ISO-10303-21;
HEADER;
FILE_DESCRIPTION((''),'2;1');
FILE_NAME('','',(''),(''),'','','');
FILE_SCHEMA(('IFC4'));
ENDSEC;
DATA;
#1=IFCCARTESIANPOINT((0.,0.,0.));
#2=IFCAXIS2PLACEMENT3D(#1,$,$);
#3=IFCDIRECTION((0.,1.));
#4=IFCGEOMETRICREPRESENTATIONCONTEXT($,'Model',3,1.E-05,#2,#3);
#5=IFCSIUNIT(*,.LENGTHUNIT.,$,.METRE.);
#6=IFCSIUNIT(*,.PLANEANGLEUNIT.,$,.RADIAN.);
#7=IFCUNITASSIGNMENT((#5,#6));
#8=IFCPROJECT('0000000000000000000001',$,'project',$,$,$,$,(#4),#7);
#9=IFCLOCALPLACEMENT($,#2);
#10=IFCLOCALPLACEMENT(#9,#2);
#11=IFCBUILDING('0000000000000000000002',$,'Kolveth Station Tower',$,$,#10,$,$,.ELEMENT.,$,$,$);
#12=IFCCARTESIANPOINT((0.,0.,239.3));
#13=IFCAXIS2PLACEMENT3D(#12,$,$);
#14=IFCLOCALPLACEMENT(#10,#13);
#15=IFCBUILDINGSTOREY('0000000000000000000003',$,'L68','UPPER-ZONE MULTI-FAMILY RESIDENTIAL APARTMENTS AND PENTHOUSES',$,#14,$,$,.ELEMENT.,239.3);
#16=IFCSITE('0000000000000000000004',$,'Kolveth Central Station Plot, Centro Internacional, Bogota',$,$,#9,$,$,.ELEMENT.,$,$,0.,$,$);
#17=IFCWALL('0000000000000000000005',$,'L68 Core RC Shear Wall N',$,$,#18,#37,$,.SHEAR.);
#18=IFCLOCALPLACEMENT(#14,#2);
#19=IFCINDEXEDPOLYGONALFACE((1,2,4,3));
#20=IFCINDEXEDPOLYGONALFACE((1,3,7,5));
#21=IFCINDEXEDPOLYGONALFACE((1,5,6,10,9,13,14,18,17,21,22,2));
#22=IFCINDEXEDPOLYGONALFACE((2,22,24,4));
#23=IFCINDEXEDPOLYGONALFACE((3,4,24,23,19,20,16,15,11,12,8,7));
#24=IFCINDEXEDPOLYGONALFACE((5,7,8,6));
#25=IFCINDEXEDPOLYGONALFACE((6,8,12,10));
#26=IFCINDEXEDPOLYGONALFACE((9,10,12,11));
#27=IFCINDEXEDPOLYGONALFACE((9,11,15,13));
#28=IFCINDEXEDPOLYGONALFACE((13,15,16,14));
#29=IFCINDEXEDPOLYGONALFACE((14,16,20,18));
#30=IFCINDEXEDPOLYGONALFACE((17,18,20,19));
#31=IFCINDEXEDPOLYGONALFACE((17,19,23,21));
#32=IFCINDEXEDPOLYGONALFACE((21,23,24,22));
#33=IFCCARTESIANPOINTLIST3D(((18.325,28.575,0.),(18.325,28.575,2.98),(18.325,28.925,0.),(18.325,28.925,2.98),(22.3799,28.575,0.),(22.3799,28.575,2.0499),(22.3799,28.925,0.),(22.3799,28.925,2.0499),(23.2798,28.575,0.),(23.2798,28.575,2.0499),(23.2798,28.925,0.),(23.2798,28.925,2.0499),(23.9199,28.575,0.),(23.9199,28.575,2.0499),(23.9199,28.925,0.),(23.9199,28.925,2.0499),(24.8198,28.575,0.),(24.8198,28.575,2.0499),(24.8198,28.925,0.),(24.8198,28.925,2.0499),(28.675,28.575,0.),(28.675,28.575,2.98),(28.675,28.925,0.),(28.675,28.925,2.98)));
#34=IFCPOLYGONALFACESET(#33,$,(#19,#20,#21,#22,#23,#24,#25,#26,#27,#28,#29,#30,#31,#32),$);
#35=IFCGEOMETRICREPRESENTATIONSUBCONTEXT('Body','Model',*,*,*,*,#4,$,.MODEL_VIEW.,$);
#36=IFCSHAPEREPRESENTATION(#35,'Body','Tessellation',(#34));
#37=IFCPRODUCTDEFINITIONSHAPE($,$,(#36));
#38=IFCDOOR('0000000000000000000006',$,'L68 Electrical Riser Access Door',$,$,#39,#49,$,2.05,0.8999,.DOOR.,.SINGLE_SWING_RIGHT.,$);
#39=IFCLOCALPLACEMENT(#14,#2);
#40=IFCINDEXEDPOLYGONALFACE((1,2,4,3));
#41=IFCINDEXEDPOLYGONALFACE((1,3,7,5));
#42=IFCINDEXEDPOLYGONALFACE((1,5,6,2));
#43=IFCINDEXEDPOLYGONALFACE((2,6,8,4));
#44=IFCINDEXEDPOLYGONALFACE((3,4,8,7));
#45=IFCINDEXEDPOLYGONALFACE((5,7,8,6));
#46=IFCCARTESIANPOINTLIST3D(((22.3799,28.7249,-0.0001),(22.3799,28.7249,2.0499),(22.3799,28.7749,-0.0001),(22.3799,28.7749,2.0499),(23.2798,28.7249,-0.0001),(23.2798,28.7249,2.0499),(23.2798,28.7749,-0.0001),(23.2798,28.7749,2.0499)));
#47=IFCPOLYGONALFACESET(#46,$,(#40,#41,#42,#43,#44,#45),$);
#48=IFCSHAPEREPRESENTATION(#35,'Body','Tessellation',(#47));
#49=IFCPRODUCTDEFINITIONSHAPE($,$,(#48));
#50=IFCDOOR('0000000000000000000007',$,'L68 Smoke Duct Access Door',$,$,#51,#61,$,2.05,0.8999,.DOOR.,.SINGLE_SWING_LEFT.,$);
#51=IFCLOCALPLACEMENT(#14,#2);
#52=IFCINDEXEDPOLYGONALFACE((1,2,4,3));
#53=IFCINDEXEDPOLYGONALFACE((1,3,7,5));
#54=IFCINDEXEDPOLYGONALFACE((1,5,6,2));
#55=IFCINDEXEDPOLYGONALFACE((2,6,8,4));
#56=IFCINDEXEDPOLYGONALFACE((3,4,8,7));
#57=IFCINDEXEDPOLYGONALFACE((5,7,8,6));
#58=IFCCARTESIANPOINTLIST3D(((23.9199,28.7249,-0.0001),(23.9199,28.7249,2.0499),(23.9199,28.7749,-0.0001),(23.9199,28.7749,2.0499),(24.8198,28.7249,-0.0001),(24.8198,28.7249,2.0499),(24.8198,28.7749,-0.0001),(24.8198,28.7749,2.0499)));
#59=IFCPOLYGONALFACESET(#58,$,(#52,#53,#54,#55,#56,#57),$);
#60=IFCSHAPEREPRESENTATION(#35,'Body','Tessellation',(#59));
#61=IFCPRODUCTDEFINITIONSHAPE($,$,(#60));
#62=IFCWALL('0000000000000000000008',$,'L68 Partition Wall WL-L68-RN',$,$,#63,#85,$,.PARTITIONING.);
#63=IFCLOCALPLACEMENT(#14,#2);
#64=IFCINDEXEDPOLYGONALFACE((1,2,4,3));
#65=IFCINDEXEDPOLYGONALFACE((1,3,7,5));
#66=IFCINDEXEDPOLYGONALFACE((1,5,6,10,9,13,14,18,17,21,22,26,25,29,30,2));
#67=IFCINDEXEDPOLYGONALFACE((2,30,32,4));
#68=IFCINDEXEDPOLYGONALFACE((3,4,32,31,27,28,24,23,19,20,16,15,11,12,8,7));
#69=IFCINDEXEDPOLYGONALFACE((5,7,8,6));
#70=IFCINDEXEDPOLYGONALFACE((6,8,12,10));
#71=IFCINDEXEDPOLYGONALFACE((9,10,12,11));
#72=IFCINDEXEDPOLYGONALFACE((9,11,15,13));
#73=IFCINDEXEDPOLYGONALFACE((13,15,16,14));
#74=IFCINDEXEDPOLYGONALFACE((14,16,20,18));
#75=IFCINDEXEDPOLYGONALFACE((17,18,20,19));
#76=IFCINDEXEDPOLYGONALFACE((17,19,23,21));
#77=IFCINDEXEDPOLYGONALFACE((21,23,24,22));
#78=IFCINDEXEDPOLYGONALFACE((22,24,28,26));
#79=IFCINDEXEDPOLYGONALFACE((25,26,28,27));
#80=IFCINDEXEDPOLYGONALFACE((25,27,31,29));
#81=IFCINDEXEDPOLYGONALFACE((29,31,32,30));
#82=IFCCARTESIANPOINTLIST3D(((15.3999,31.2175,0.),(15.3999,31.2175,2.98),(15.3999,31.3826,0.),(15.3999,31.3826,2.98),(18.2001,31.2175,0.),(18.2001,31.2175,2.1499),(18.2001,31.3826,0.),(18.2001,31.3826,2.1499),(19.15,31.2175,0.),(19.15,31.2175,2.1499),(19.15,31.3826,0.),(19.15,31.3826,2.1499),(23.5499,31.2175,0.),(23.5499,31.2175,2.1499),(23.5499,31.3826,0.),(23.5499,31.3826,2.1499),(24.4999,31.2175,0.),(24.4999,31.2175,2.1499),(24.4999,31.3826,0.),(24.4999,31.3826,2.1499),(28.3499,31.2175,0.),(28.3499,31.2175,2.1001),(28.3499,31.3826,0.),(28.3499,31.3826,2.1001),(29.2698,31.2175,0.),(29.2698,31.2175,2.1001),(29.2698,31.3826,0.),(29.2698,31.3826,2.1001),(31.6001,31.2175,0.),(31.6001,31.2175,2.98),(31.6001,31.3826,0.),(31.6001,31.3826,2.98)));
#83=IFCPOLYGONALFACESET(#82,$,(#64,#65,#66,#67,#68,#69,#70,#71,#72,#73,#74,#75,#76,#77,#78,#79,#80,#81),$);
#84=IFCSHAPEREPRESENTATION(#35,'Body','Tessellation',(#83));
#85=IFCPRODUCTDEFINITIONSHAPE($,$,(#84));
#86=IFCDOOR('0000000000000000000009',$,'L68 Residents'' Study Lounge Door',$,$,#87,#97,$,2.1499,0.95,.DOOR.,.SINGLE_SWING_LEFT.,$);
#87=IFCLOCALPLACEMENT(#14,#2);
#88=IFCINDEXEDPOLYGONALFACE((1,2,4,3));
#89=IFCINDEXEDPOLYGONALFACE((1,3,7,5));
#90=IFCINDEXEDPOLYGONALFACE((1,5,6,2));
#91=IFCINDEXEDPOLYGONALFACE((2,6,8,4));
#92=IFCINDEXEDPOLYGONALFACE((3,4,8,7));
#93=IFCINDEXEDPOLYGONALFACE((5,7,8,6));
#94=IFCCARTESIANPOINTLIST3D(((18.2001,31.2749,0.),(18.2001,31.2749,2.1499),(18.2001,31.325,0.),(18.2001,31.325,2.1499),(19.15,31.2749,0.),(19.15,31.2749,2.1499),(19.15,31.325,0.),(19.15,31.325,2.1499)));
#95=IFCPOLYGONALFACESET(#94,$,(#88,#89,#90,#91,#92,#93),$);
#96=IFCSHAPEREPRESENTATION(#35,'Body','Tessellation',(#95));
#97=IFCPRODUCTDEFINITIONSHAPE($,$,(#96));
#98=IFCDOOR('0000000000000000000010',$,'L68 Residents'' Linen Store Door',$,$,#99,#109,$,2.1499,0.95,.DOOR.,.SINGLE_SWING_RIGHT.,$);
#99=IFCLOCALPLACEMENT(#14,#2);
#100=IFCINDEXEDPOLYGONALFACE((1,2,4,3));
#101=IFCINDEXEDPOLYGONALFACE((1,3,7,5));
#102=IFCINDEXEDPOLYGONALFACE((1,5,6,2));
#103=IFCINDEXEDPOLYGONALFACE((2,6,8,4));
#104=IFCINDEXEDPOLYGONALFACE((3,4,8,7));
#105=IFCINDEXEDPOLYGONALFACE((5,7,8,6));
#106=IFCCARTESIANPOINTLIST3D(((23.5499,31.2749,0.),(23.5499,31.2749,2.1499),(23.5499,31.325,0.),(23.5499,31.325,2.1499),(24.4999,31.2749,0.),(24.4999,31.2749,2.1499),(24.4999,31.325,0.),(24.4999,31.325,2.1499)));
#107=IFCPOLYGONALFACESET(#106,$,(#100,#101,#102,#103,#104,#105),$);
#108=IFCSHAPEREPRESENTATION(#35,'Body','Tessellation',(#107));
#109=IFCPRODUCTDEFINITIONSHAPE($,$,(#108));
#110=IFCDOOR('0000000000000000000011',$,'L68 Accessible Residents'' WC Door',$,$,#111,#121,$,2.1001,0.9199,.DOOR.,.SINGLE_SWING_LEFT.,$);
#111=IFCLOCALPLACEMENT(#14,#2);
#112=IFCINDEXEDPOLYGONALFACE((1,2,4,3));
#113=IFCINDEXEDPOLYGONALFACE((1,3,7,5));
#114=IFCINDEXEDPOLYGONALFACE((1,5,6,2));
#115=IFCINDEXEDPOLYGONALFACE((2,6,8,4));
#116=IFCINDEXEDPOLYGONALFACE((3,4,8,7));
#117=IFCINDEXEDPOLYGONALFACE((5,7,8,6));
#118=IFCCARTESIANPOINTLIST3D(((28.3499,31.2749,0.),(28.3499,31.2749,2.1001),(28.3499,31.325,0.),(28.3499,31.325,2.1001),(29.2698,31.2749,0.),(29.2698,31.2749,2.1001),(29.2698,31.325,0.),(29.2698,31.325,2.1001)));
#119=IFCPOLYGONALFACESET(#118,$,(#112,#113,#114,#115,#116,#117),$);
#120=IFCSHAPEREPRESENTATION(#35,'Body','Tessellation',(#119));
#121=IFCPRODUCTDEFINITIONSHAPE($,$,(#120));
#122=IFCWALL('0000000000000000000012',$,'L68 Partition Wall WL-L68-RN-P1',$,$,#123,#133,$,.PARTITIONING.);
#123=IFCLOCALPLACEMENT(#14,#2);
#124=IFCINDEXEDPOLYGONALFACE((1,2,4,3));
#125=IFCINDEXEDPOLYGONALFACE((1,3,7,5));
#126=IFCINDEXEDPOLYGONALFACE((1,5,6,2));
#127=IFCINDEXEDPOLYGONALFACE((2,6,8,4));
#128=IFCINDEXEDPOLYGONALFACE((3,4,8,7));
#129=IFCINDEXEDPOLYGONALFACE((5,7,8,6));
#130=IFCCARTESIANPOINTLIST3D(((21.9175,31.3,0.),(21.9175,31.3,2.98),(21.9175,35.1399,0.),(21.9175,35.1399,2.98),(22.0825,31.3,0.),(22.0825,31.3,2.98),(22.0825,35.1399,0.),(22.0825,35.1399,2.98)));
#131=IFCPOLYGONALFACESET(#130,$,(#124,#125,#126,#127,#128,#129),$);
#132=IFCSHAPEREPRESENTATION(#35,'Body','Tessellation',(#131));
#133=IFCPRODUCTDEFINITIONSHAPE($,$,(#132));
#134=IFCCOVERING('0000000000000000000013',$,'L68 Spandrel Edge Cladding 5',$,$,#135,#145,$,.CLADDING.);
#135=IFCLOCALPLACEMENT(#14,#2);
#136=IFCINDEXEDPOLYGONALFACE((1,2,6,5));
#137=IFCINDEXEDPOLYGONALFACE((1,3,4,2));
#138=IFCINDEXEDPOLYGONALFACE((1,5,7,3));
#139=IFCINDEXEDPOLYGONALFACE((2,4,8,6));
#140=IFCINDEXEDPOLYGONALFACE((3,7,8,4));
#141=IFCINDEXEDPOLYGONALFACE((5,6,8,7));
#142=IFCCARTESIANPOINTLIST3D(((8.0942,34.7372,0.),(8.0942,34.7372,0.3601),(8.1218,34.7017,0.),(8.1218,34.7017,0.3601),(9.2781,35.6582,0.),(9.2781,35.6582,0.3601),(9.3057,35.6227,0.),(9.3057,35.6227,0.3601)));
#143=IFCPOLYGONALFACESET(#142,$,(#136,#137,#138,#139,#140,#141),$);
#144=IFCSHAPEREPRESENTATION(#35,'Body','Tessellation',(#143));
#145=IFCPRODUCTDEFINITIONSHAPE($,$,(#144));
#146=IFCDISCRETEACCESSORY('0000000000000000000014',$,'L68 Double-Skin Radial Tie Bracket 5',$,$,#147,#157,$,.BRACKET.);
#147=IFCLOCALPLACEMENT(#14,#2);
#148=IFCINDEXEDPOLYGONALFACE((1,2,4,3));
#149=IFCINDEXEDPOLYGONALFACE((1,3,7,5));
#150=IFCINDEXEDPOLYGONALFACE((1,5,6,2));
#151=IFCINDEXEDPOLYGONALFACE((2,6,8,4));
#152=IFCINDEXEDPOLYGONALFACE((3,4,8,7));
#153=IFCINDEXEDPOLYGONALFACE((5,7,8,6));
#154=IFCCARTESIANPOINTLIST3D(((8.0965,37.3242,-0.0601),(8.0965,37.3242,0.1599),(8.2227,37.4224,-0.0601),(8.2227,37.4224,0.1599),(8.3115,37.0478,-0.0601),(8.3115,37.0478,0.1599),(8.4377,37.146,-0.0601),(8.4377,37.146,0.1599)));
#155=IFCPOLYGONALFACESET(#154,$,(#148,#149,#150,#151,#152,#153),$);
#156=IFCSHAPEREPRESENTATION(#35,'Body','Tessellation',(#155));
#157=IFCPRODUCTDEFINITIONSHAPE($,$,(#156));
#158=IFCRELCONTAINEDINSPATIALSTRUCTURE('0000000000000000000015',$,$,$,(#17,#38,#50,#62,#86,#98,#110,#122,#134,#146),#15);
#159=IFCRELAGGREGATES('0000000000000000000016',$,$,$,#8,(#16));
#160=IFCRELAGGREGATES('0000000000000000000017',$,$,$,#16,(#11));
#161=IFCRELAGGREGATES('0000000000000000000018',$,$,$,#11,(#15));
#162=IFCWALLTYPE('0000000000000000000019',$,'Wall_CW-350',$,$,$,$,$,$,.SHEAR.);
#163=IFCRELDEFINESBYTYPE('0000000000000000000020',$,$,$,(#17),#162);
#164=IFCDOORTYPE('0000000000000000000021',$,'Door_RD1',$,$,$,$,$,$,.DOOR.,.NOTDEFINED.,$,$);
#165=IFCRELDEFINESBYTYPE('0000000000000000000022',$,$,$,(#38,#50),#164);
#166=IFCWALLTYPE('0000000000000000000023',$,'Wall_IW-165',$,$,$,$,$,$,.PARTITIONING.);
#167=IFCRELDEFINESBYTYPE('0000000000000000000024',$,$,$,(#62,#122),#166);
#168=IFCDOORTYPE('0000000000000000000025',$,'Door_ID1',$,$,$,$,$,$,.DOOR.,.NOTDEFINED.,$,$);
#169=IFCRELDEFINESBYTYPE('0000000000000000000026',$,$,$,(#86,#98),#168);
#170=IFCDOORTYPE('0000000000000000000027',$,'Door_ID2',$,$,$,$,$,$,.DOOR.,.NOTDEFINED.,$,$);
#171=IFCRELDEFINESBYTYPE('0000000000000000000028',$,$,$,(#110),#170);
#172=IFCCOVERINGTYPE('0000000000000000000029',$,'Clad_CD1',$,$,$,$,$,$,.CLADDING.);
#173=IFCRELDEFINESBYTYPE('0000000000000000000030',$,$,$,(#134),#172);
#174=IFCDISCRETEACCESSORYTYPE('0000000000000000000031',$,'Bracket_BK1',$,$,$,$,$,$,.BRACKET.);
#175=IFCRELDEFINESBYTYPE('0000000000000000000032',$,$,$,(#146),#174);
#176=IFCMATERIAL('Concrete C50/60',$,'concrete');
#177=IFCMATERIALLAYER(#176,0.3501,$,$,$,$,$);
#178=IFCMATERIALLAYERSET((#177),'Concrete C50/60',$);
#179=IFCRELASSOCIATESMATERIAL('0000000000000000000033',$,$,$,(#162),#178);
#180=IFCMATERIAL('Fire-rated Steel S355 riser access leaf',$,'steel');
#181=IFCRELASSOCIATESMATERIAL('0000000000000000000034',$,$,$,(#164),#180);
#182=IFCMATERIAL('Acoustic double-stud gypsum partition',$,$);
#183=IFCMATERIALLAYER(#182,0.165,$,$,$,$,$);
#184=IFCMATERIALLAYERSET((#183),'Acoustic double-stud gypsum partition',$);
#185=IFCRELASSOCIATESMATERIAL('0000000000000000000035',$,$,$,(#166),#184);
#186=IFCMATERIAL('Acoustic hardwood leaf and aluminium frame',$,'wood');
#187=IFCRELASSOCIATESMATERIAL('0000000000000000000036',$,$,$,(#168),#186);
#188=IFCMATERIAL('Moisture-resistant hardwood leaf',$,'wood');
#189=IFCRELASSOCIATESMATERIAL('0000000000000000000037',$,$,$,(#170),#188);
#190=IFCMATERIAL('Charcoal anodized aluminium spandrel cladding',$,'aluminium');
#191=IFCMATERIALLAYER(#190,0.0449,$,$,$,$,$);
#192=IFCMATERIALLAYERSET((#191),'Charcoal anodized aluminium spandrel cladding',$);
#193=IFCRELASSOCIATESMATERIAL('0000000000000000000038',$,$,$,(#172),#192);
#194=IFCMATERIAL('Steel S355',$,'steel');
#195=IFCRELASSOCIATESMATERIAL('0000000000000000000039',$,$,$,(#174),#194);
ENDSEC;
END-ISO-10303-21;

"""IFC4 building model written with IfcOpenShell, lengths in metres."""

from ifc_helpers import new_model, si_unit, direction, frame, frame_2d, origin, origin_2d, place, context, subcontext, project, spatial, rectangle, extrude, source, transform, mapped, material, layer, layer_set, type_object, element, fill, save


model = new_model("IFC4")

# Units and contexts
model_context = context("Model", 3, precision=1e-05, world=origin(), true_north=direction((0.0, 1.0)))
body_context = subcontext(model_context, "Body", "Model", "MODEL_VIEW")
ifc_project = project(units=[si_unit("LENGTHUNIT", "METRE"), si_unit("PLANEANGLEUNIT", "RADIAN")], contexts=[model_context])

# Site, building, storey
site_placement = place(None, origin())
site = spatial("IfcSite", under=ifc_project, at=site_placement, Name="Kolveth Central Station Plot, Centro Internacional, Bogota", CompositionType="ELEMENT", RefElevation=0.0)
building_placement = place(site_placement, origin())
building = spatial("IfcBuilding", under=site, at=building_placement, Name="Kolveth Station Tower", CompositionType="ELEMENT")
storey_placement = place(building_placement, frame((0.0, 0.0, 239.3)))
storey = spatial("IfcBuildingStorey", under=building, at=storey_placement, Name="L68", Description="UPPER-ZONE MULTI-FAMILY RESIDENTIAL APARTMENTS AND PENTHOUSES", CompositionType="ELEMENT", Elevation=239.3)

# Shared definitions
ifc_material_1 = material(Name="Steel S355", Category="steel")

# Walls, openings, doors
ifc_material_2 = material(Name="Concrete C50/60", Category="concrete")
ifc_layer_1 = layer(ifc_material_2, 0.3501)
ifc_layer_set_1 = layer_set([ifc_layer_1], Name="Concrete C50/60")
wall_type_1 = type_object("IfcWallType", Name="Wall_CW-350", PredefinedType="SHEAR", material=ifc_layer_set_1)
wall_1_placement = place(storey_placement, frame((18.325, 28.75, 0.0), z_axis=(0.0, 0.0, 1.0), x_axis=(1.0, 0.0, 0.0)))
wall_1 = element("IfcWall", 1, at=wall_1_placement, inside=storey, type_object=wall_type_1, Name="L68 Core RC Shear Wall N", PredefinedType="SHEAR", context=body_context, shape_type="SweptSolid", body=[
    extrude(rectangle(XDim=10.3501, YDim=0.3501, at=frame_2d((5.175, 0.0))), origin(), (0.0, 0.0, 1.0), 2.98),
])
opening_1_placement = place(wall_1_placement, frame((4.0549, 0.0, 0.0)))
opening_1 = element("IfcOpeningElement", 2, at=opening_1_placement, cuts=wall_1, PredefinedType="OPENING", context=body_context, shape_type="SweptSolid", body=[
    extrude(rectangle(XDim=0.8999, YDim=2.05, at=frame_2d((0.45, 1.0249))), frame((0.0, 0.1851, 0.0), z_axis=(0.0, -1.0, 0.0), x_axis=(1.0, 0.0, 0.0)), (0.0, 0.0, 1.0), 0.3701),
])
opening_2_placement = place(wall_1_placement, frame((5.595, 0.0, 0.0)))
opening_2 = element("IfcOpeningElement", 3, at=opening_2_placement, cuts=wall_1, PredefinedType="OPENING", context=body_context, shape_type="SweptSolid", body=[
    extrude(rectangle(XDim=0.8999, YDim=2.05, at=frame_2d((0.45, 1.0249))), frame((0.0, 0.1851, 0.0), z_axis=(0.0, -1.0, 0.0), x_axis=(1.0, 0.0, 0.0)), (0.0, 0.0, 1.0), 0.3701),
])
ifc_material_3 = material(Name="Fire-rated Steel S355 riser access leaf", Category="steel")
door_type_1 = type_object("IfcDoorType", Name="Door_RD1", OperationType="NOTDEFINED", PredefinedType="DOOR", material=ifc_material_3)
door_1_placement = place(opening_1_placement, origin())
door_1 = element("IfcDoor", 4, at=door_1_placement, inside=storey, type_object=door_type_1, Name="L68 Electrical Riser Access Door", OperationType="SINGLE_SWING_RIGHT", OverallHeight=2.05, OverallWidth=0.8999, PredefinedType="DOOR", context=body_context, shape_type="SweptSolid", body=[
    extrude(rectangle(XDim=0.8999, YDim=2.05, at=frame_2d((0.45, 1.0249))), frame((0.0, 0.0249, 0.0), z_axis=(0.0, -1.0, 0.0), x_axis=(1.0, 0.0, 0.0)), (0.0, 0.0, 1.0), 0.05),
])
fill(opening_1, door_1)
door_2_placement = place(opening_2_placement, origin())
door_2 = element("IfcDoor", 5, at=door_2_placement, inside=storey, type_object=door_type_1, Name="L68 Smoke Duct Access Door", OperationType="SINGLE_SWING_LEFT", OverallHeight=2.05, OverallWidth=0.8999, PredefinedType="DOOR", context=body_context, shape_type="SweptSolid", body=[
    extrude(rectangle(XDim=0.8999, YDim=2.05, at=frame_2d((0.45, 1.0249))), frame((0.0, 0.0249, 0.0), z_axis=(0.0, -1.0, 0.0), x_axis=(1.0, 0.0, 0.0)), (0.0, 0.0, 1.0), 0.05),
])
fill(opening_2, door_2)
ifc_material_4 = material(Name="Acoustic double-stud gypsum partition")
ifc_layer_2 = layer(ifc_material_4, 0.165)
ifc_layer_set_2 = layer_set([ifc_layer_2], Name="Acoustic double-stud gypsum partition")
wall_type_2 = type_object("IfcWallType", Name="Wall_IW-165", PredefinedType="PARTITIONING", material=ifc_layer_set_2)
wall_2_placement = place(storey_placement, frame((15.3999, 31.3, 0.0), z_axis=(0.0, 0.0, 1.0), x_axis=(1.0, 0.0, 0.0)))
wall_2 = element("IfcWall", 6, at=wall_2_placement, inside=storey, type_object=wall_type_2, Name="L68 Partition Wall WL-L68-RN", PredefinedType="PARTITIONING", context=body_context, shape_type="SweptSolid", body=[
    extrude(rectangle(XDim=16.2002, YDim=0.165, at=frame_2d((8.1001, 0.0))), origin(), (0.0, 0.0, 1.0), 2.98),
])
opening_3_placement = place(wall_2_placement, frame((2.8, 0.0, 0.0)))
opening_3 = element("IfcOpeningElement", 7, at=opening_3_placement, cuts=wall_2, PredefinedType="OPENING", context=body_context, shape_type="SweptSolid", body=[
    extrude(rectangle(XDim=0.95, YDim=2.1499, at=frame_2d((0.4751, 1.075))), frame((0.0, 0.0925, 0.0), z_axis=(0.0, -1.0, 0.0), x_axis=(1.0, 0.0, 0.0)), (0.0, 0.0, 1.0), 0.1851),
])
opening_4_placement = place(wall_2_placement, frame((8.1499, 0.0, 0.0)))
opening_4 = element("IfcOpeningElement", 8, at=opening_4_placement, cuts=wall_2, PredefinedType="OPENING", context=body_context, shape_type="SweptSolid", body=[
    extrude(rectangle(XDim=0.95, YDim=2.1499, at=frame_2d((0.4751, 1.075))), frame((0.0, 0.0925, 0.0), z_axis=(0.0, -1.0, 0.0), x_axis=(1.0, 0.0, 0.0)), (0.0, 0.0, 1.0), 0.1851),
])
opening_5_placement = place(wall_2_placement, frame((12.95, 0.0, 0.0)))
opening_5 = element("IfcOpeningElement", 9, at=opening_5_placement, cuts=wall_2, PredefinedType="OPENING", context=body_context, shape_type="SweptSolid", body=[
    extrude(rectangle(XDim=0.9199, YDim=2.1001, at=frame_2d((0.46, 1.05))), frame((0.0, 0.0925, 0.0), z_axis=(0.0, -1.0, 0.0), x_axis=(1.0, 0.0, 0.0)), (0.0, 0.0, 1.0), 0.1851),
])
ifc_material_5 = material(Name="Acoustic hardwood leaf and aluminium frame", Category="wood")
door_type_2 = type_object("IfcDoorType", Name="Door_ID1", OperationType="NOTDEFINED", PredefinedType="DOOR", material=ifc_material_5)
door_3_placement = place(opening_3_placement, origin())
door_3 = element("IfcDoor", 10, at=door_3_placement, inside=storey, type_object=door_type_2, Name="L68 Residents' Study Lounge Door", OperationType="SINGLE_SWING_LEFT", OverallHeight=2.1499, OverallWidth=0.95, PredefinedType="DOOR", context=body_context, shape_type="SweptSolid", body=[
    extrude(rectangle(XDim=0.95, YDim=2.1499, at=frame_2d((0.4751, 1.075))), frame((0.0, 0.0249, 0.0), z_axis=(0.0, -1.0, 0.0), x_axis=(1.0, 0.0, 0.0)), (0.0, 0.0, 1.0), 0.05),
])
fill(opening_3, door_3)
door_4_placement = place(opening_4_placement, origin())
door_4 = element("IfcDoor", 11, at=door_4_placement, inside=storey, type_object=door_type_2, Name="L68 Residents' Linen Store Door", OperationType="SINGLE_SWING_RIGHT", OverallHeight=2.1499, OverallWidth=0.95, PredefinedType="DOOR", context=body_context, shape_type="SweptSolid", body=[
    extrude(rectangle(XDim=0.95, YDim=2.1499, at=frame_2d((0.4751, 1.075))), frame((0.0, 0.0249, 0.0), z_axis=(0.0, -1.0, 0.0), x_axis=(1.0, 0.0, 0.0)), (0.0, 0.0, 1.0), 0.05),
])
fill(opening_4, door_4)
ifc_material_6 = material(Name="Moisture-resistant hardwood leaf", Category="wood")
door_type_3 = type_object("IfcDoorType", Name="Door_ID2", OperationType="NOTDEFINED", PredefinedType="DOOR", material=ifc_material_6)
door_5_placement = place(opening_5_placement, origin())
door_5 = element("IfcDoor", 12, at=door_5_placement, inside=storey, type_object=door_type_3, Name="L68 Accessible Residents' WC Door", OperationType="SINGLE_SWING_LEFT", OverallHeight=2.1001, OverallWidth=0.9199, PredefinedType="DOOR", context=body_context, shape_type="SweptSolid", body=[
    extrude(rectangle(XDim=0.9199, YDim=2.1001, at=frame_2d((0.46, 1.05))), frame((0.0, 0.0249, 0.0), z_axis=(0.0, -1.0, 0.0), x_axis=(1.0, 0.0, 0.0)), (0.0, 0.0, 1.0), 0.05),
])
fill(opening_5, door_5)

# Wall
wall_3_placement = place(storey_placement, frame((22.0, 31.3, 0.0), z_axis=(0.0, 0.0, 1.0), x_axis=(0.0, 1.0, 0.0)))
element("IfcWall", 13, at=wall_3_placement, inside=storey, type_object=wall_type_2, Name="L68 Partition Wall WL-L68-RN-P1", PredefinedType="PARTITIONING", context=body_context, shape_type="SweptSolid", body=[
    extrude(rectangle(XDim=3.8398, YDim=0.165, at=frame_2d((1.9199, 0.0))), origin(), (0.0, 0.0, 1.0), 2.98),
])

# Covering
ifc_material_7 = material(Name="Charcoal anodized aluminium spandrel cladding", Category="aluminium")
ifc_layer_3 = layer(ifc_material_7, 0.0449)
ifc_layer_set_3 = layer_set([ifc_layer_3], Name="Charcoal anodized aluminium spandrel cladding")
covering_type = type_object("IfcCoveringType", Name="Clad_CD1", PredefinedType="CLADDING", material=ifc_layer_set_3)
shared_shape_1 = source(origin(), body_context, "Body", "SweptSolid", [
    extrude(rectangle(XDim=1.5, YDim=0.0449, at=origin_2d()), origin(), (0.0, 0.0, 1.0), 0.3601),
])
covering_placement = place(storey_placement, frame((8.7, 35.1799, 0.0), z_axis=(0.0, 0.0, 1.0), x_axis=(-0.789298, -0.61401, 0.0)))
element("IfcCovering", 14, at=covering_placement, inside=storey, type_object=covering_type, Name="L68 Spandrel Edge Cladding 5", PredefinedType="CLADDING", context=body_context, shape_type="MappedRepresentation", body=[
    mapped(shared_shape_1, transform((0.0, 0.0, 0.0), x_axis=(1.0, 0.0, 0.0), y_axis=(0.0, 1.0, 0.0), z_axis=(0.0, 0.0, 1.0), scale=1.0)),
])

# Discrete accessory
discrete_accessory_type = type_object("IfcDiscreteAccessoryType", Name="Bracket_BK1", PredefinedType="BRACKET", material=ifc_material_1)
shared_shape_2 = source(origin(), body_context, "Body", "SweptSolid", [
    extrude(rectangle(XDim=0.3501, YDim=0.1599, at=origin_2d()), origin(), (0.0, 0.0, 1.0), 0.22),
])
discrete_accessory_placement = place(storey_placement, frame((8.2671, 37.2351, -0.0601), z_axis=(0.0, 0.0, 1.0), x_axis=(-0.61401, 0.789298, 0.0)))
element("IfcDiscreteAccessory", 15, at=discrete_accessory_placement, inside=storey, type_object=discrete_accessory_type, Name="L68 Double-Skin Radial Tie Bracket 5", PredefinedType="BRACKET", context=body_context, shape_type="MappedRepresentation", body=[
    mapped(shared_shape_2, transform((0.0, 0.0, 0.0), x_axis=(1.0, 0.0, 0.0), y_axis=(0.0, 1.0, 0.0), z_axis=(0.0, 0.0, 1.0), scale=1.0)),
])

save(model, "model.ifc")
